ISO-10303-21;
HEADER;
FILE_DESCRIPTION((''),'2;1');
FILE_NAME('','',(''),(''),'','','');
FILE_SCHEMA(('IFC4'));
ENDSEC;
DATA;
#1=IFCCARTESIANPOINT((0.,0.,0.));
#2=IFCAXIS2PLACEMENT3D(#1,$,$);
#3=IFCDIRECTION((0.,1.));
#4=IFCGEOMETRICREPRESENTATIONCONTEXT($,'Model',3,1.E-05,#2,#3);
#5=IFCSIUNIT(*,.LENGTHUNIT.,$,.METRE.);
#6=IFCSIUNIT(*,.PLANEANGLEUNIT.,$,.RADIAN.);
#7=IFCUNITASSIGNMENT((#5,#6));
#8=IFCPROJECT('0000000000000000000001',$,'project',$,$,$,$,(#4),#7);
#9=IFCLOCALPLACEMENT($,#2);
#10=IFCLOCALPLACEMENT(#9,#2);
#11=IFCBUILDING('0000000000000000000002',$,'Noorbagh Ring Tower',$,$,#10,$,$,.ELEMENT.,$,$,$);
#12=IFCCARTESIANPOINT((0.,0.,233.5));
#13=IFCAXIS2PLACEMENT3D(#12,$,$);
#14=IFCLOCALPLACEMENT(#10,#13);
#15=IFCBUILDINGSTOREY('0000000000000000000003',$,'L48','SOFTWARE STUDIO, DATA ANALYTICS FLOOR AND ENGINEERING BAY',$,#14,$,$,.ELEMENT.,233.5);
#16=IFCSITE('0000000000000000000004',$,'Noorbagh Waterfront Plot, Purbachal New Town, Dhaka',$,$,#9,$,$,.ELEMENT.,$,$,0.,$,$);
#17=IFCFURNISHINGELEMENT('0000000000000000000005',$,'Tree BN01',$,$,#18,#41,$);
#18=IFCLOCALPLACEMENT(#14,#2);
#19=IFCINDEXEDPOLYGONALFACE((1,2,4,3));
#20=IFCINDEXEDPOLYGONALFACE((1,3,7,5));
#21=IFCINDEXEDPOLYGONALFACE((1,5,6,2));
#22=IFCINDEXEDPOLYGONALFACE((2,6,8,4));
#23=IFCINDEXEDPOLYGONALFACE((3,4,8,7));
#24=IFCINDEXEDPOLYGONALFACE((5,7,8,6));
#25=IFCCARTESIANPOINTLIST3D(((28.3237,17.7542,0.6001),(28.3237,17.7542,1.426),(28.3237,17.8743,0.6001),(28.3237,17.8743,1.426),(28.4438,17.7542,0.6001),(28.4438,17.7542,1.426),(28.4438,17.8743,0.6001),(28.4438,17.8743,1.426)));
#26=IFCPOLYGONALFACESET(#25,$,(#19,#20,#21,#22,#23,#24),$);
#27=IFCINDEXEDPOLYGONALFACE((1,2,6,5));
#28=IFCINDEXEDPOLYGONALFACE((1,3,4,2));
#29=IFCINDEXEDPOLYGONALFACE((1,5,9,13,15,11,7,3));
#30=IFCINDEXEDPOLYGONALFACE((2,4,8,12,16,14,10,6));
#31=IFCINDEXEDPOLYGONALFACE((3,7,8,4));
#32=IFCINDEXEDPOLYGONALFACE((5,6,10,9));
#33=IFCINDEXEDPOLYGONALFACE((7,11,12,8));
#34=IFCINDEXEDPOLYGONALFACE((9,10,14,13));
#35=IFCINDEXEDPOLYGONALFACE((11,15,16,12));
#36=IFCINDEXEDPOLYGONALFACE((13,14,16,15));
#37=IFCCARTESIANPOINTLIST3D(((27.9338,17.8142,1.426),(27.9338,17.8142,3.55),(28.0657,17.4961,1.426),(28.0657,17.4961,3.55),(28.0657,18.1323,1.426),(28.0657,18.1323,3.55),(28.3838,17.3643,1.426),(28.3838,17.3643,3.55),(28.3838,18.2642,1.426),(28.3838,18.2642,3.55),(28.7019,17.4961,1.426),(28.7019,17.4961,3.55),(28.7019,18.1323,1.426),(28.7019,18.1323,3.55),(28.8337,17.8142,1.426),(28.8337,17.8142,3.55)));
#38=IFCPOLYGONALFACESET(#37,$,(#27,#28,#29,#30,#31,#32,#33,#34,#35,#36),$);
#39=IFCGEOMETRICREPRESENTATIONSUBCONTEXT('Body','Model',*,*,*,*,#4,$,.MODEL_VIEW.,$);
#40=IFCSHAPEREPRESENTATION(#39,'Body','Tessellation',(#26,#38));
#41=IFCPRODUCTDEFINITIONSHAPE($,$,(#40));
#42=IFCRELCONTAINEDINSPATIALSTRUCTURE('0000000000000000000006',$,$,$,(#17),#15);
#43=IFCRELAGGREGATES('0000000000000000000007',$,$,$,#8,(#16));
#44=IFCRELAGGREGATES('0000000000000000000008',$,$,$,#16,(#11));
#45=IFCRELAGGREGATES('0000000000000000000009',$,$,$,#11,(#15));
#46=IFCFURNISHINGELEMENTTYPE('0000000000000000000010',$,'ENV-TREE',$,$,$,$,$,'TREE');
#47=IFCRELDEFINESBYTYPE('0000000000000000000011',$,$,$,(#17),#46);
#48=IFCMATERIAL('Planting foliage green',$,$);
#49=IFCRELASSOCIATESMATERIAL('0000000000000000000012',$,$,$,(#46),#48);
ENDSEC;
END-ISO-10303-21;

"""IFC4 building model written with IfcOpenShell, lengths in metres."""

from ifc_helpers import new_model, si_unit, direction, frame, origin, origin_2d, place, context, subcontext, project, spatial, polyline, rectangle, outline, extrude, material, type_object, element, save


model = new_model("IFC4")

# Units and contexts
model_context = context("Model", 3, precision=1e-05, world=origin(), true_north=direction((0.0, 1.0)))
body_context = subcontext(model_context, "Body", "Model", "MODEL_VIEW")
ifc_project = project(units=[si_unit("LENGTHUNIT", "METRE"), si_unit("PLANEANGLEUNIT", "RADIAN")], contexts=[model_context])

# Site, building, storey
site_placement = place(None, origin())
site = spatial("IfcSite", under=ifc_project, at=site_placement, Name="Noorbagh Waterfront Plot, Purbachal New Town, Dhaka", CompositionType="ELEMENT", RefElevation=0.0)
building_placement = place(site_placement, origin())
building = spatial("IfcBuilding", under=site, at=building_placement, Name="Noorbagh Ring Tower", CompositionType="ELEMENT")
storey_placement = place(building_placement, frame((0.0, 0.0, 233.5)))
storey = spatial("IfcBuildingStorey", under=building, at=storey_placement, Name="L48", Description="SOFTWARE STUDIO, DATA ANALYTICS FLOOR AND ENGINEERING BAY", CompositionType="ELEMENT", Elevation=233.5)

# Furnishing element
ifc_material_1 = material(Name="Planting foliage green")
furnishing_element_type = type_object("IfcFurnishingElementType", Name="ENV-TREE", ElementType="TREE", material=ifc_material_1)
furnishing_placement = place(storey_placement, frame((28.3838, 17.8142, 0.6001), z_axis=(0.0, 0.0, 1.0), x_axis=(1.0, 0.0, 0.0)))
element("IfcFurnishingElement", 1, at=furnishing_placement, inside=storey, type_object=furnishing_element_type, Name="Tree BN01", context=body_context, shape_type="SweptSolid", body=[
    extrude(rectangle(XDim=0.1201, YDim=0.1201, at=origin_2d()), origin(), (0.0, 0.0, 1.0), 0.8259),
    extrude(outline(polyline([(0.45, 0.0), (0.3181, 0.3181), (0.0, 0.45), (-0.3181, 0.3181), (-0.45, 0.0), (-0.3181, -0.3181), (0.0, -0.45), (0.3181, -0.3181), (0.45, 0.0)])), frame((0.0, 0.0, 0.8259)), (0.0, 0.0, 1.0), 2.124),
])

save(model, "model.ifc")
